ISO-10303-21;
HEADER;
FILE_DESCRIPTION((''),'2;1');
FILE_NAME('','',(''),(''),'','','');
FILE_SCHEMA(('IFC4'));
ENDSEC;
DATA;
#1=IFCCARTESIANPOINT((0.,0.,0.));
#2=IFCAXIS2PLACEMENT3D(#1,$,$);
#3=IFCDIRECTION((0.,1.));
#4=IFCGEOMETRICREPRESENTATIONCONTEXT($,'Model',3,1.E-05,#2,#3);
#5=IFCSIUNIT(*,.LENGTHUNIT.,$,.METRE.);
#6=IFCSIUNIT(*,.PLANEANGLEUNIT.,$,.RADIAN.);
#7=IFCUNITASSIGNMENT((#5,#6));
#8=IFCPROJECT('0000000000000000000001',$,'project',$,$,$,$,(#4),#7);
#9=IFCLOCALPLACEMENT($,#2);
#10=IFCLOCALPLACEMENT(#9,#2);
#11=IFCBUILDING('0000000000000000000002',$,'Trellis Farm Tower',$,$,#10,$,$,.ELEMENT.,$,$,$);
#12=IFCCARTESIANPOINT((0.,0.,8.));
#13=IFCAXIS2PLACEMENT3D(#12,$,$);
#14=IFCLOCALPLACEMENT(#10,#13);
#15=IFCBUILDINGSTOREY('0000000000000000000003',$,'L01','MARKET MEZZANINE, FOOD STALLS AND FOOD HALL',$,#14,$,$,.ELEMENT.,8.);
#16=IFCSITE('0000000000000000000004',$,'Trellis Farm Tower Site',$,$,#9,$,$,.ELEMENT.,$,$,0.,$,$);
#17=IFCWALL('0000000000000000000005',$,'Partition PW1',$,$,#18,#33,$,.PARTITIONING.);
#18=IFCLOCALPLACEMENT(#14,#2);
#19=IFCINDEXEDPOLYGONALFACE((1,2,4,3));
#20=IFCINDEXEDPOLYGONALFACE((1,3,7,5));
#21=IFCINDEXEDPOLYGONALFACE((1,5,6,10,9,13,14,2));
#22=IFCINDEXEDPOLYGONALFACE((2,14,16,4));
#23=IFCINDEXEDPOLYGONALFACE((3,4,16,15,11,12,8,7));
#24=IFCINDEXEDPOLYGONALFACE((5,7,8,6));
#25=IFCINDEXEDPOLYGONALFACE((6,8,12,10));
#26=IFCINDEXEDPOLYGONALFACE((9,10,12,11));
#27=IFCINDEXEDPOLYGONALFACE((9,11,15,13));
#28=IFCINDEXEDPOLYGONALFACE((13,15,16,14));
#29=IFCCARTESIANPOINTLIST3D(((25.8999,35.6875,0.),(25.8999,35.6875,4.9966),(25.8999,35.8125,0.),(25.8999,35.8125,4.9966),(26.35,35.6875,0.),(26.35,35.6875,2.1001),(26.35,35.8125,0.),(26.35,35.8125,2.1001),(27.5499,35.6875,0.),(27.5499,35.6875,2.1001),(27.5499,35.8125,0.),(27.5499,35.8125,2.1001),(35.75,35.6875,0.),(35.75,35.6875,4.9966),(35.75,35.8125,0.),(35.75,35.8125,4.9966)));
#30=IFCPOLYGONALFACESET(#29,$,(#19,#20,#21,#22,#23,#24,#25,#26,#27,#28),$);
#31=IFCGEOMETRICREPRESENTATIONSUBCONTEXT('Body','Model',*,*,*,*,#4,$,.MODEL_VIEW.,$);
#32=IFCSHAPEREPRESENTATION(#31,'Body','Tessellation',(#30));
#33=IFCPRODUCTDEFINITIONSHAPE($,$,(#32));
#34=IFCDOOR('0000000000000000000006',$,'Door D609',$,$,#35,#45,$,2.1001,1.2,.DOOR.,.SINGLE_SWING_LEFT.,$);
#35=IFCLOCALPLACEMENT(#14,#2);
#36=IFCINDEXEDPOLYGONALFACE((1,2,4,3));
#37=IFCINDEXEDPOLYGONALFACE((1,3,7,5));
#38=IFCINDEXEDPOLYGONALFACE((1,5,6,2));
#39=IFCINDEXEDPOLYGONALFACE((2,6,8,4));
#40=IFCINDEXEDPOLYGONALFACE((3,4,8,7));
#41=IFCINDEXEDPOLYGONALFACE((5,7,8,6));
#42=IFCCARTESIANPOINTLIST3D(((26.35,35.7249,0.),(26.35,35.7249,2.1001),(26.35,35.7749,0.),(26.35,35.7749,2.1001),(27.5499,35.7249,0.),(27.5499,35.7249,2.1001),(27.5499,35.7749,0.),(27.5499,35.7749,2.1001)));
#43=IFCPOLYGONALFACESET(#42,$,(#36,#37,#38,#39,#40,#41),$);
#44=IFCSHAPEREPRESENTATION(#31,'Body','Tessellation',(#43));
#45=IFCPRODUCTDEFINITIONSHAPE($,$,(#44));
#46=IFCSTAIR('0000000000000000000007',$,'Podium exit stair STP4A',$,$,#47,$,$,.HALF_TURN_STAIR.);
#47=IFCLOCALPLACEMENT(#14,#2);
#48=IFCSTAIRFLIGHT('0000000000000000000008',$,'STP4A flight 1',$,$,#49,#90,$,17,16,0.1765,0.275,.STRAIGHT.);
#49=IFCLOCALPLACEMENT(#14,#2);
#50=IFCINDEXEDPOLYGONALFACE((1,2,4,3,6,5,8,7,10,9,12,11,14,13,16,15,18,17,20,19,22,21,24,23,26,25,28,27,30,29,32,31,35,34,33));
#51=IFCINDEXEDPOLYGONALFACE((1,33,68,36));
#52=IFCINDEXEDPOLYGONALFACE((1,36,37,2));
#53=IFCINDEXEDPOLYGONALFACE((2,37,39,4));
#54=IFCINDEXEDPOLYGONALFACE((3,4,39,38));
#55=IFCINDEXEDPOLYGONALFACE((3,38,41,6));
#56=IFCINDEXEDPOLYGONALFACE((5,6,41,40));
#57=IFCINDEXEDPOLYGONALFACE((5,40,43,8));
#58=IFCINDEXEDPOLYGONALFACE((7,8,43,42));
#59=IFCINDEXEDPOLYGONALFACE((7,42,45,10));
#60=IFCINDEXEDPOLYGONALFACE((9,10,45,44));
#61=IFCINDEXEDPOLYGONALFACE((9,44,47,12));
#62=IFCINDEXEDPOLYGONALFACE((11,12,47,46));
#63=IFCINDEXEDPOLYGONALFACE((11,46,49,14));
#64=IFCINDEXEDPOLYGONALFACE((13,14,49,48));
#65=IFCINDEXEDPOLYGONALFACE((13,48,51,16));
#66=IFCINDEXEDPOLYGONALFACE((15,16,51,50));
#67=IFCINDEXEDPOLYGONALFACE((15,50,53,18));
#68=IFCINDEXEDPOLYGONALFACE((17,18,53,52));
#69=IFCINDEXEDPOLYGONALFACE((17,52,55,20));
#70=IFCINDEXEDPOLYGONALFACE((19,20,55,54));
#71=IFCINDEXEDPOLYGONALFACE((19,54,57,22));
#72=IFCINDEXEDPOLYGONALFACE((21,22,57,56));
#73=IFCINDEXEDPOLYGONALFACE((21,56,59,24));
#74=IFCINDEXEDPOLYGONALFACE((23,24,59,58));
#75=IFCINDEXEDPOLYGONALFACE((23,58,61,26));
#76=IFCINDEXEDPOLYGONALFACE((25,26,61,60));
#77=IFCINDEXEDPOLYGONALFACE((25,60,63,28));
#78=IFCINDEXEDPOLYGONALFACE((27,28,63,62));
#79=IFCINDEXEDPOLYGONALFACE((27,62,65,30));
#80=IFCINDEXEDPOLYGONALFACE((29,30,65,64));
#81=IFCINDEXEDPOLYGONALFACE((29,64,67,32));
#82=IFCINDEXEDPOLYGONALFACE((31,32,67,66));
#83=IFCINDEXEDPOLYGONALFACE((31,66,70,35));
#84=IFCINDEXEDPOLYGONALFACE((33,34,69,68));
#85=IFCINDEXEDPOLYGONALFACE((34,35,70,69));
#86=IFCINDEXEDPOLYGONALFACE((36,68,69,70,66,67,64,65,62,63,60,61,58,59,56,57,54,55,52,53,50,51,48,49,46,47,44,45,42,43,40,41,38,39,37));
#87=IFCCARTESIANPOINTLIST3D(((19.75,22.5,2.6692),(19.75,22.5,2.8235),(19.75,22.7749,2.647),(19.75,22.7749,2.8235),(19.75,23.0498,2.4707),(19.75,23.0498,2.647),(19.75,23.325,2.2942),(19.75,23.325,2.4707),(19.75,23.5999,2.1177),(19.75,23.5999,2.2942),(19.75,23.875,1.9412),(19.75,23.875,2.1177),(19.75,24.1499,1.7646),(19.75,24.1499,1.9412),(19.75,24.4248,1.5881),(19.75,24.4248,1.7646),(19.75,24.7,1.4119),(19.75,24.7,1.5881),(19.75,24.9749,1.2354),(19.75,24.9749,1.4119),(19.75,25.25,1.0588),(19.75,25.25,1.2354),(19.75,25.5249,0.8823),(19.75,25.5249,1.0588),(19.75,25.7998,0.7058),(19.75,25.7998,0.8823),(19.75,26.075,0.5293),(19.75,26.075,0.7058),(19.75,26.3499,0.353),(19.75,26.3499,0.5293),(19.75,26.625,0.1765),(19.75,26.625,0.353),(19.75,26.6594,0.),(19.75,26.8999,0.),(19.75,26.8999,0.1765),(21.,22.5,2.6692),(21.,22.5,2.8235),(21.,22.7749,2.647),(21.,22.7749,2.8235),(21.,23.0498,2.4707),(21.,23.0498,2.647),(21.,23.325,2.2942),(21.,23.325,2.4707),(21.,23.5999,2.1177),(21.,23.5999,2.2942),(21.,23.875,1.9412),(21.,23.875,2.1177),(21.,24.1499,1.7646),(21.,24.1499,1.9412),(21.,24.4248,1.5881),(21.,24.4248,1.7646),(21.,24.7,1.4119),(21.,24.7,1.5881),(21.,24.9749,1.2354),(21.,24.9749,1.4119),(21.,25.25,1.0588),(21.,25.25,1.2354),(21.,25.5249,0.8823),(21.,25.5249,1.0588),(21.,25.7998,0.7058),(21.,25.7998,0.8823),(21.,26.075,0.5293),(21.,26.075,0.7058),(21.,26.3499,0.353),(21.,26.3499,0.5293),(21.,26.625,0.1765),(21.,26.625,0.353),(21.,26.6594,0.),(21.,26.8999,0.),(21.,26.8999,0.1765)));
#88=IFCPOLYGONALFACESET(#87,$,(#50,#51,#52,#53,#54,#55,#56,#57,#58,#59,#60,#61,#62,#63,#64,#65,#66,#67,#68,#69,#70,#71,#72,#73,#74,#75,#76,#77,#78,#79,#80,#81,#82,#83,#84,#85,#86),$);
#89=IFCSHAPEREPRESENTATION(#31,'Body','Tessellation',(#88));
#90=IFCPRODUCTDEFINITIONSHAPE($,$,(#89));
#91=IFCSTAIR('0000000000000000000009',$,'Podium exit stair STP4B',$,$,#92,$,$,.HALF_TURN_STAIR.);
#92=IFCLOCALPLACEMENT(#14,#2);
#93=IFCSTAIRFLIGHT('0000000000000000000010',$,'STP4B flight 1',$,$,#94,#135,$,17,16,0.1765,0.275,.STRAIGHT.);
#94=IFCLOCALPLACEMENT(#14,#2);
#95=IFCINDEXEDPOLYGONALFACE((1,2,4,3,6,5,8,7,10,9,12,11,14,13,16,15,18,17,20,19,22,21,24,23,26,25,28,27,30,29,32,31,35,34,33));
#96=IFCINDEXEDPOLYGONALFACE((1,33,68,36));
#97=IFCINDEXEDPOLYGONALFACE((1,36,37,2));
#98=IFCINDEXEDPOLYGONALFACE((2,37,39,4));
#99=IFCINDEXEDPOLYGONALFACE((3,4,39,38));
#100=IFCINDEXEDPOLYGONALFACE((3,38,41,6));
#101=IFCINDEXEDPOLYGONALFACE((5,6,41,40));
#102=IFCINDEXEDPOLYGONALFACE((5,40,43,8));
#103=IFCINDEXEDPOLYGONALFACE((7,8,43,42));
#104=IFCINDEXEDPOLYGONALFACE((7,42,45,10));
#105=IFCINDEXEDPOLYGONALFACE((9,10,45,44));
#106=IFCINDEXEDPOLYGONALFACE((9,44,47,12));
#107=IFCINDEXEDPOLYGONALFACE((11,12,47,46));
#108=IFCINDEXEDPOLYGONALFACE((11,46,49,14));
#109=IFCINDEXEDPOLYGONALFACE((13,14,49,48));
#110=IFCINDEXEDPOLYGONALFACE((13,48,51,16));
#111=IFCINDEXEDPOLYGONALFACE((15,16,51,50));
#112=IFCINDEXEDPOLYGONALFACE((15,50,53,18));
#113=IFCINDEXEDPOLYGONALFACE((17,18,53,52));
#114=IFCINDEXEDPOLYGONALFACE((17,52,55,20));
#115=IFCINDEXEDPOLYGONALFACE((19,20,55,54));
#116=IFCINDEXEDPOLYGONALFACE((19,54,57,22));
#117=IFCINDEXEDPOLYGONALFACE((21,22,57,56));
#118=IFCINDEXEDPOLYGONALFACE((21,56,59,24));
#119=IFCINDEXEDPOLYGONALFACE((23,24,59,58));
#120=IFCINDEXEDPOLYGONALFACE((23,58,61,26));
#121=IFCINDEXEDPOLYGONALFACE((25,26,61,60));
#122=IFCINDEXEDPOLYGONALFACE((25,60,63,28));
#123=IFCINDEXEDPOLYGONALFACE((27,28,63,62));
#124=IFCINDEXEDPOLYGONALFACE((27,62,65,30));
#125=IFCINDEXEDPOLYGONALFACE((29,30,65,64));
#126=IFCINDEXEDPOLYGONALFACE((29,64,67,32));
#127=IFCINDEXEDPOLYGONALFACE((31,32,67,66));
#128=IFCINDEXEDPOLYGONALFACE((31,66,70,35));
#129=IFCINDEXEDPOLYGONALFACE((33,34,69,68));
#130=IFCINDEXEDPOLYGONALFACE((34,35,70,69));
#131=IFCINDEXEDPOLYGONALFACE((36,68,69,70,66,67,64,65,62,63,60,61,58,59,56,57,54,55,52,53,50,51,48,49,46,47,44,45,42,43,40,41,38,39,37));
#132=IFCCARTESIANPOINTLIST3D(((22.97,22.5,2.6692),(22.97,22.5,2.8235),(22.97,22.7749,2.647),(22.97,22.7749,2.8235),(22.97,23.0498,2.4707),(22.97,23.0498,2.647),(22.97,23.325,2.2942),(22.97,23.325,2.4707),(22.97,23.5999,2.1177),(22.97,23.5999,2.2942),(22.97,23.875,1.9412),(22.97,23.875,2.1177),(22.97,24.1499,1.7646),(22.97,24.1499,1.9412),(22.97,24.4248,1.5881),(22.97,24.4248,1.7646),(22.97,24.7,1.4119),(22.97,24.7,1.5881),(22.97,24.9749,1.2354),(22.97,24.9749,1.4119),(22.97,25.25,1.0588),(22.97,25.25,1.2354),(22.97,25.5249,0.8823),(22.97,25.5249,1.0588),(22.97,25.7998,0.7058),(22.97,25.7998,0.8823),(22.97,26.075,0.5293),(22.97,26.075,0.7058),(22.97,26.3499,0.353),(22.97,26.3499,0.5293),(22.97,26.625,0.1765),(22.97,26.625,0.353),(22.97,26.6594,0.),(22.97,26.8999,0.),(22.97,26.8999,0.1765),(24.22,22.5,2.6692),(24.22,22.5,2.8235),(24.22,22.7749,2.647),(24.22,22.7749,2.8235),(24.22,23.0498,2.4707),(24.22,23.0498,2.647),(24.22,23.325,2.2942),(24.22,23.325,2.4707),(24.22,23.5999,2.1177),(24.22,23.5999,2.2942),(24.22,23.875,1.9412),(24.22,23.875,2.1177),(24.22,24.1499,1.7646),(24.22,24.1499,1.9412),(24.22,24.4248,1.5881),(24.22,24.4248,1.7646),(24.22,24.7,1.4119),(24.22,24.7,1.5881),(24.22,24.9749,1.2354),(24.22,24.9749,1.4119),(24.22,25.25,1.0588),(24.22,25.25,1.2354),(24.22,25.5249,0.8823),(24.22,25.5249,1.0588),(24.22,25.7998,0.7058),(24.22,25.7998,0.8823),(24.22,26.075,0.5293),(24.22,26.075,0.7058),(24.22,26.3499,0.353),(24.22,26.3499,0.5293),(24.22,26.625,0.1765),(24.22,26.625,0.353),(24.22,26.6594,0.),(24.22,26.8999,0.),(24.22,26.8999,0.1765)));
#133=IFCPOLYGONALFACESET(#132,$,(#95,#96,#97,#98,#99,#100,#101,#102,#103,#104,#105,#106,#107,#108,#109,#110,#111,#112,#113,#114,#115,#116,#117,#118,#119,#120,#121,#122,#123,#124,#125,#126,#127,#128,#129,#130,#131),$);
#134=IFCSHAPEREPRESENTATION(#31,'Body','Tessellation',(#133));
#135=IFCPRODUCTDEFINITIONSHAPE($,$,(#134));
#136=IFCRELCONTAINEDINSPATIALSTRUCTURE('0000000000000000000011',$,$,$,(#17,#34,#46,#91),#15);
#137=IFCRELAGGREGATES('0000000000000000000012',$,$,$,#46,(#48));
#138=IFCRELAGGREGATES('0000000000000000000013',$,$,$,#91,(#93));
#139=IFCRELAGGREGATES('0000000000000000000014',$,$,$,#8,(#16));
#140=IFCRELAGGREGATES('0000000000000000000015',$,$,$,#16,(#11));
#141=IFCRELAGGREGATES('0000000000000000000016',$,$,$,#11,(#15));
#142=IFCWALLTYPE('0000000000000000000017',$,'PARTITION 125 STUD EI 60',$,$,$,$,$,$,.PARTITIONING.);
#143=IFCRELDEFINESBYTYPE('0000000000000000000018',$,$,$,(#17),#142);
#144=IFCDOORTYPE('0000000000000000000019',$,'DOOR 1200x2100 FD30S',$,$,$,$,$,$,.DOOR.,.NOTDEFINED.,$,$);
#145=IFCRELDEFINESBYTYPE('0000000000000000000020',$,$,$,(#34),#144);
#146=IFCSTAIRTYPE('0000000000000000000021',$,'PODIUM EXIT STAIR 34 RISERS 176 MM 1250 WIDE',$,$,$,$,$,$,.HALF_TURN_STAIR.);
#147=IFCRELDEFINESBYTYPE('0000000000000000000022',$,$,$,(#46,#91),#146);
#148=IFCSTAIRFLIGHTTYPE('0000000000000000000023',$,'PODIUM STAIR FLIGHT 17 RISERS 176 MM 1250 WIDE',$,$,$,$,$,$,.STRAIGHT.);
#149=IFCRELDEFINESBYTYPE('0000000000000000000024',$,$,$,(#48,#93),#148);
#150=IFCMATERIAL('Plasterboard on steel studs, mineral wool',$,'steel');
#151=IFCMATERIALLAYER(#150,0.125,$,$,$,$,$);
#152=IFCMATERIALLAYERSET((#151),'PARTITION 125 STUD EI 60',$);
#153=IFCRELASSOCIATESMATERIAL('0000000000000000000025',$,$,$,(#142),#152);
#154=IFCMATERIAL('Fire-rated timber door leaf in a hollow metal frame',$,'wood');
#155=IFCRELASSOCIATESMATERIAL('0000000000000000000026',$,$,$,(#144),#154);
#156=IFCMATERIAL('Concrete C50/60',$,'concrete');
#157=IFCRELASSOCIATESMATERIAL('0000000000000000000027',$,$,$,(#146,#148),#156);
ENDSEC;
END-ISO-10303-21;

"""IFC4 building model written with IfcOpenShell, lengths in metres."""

from ifc_helpers import new_model, si_unit, direction, frame, frame_2d, origin, place, context, subcontext, project, spatial, polyline, rectangle, outline, extrude, source, transform, mapped, material, layer, layer_set, type_object, element, fill, aggregate, save


model = new_model("IFC4")

# Units and contexts
model_context = context("Model", 3, precision=1e-05, world=origin(), true_north=direction((0.0, 1.0)))
body_context = subcontext(model_context, "Body", "Model", "MODEL_VIEW")
ifc_project = project(units=[si_unit("LENGTHUNIT", "METRE"), si_unit("PLANEANGLEUNIT", "RADIAN")], contexts=[model_context])

# Site, building, storey
site_placement = place(None, origin())
site = spatial("IfcSite", under=ifc_project, at=site_placement, Name="Trellis Farm Tower Site", CompositionType="ELEMENT", RefElevation=0.0)
building_placement = place(site_placement, origin())
building = spatial("IfcBuilding", under=site, at=building_placement, Name="Trellis Farm Tower", CompositionType="ELEMENT")
storey_placement = place(building_placement, frame((0.0, 0.0, 8.0)))
storey = spatial("IfcBuildingStorey", under=building, at=storey_placement, Name="L01", Description="MARKET MEZZANINE, FOOD STALLS AND FOOD HALL", CompositionType="ELEMENT", Elevation=8.0)

# Shared definitions
placement = place(storey_placement, origin())

# Wall, opening, door
ifc_material_1 = material(Name="Plasterboard on steel studs, mineral wool", Category="steel")
ifc_layer_1 = layer(ifc_material_1, 0.125)
ifc_layer_set_1 = layer_set([ifc_layer_1], Name="PARTITION 125 STUD EI 60")
wall_type_1 = type_object("IfcWallType", Name="PARTITION 125 STUD EI 60", PredefinedType="PARTITIONING", material=ifc_layer_set_1)
shared_shape_1 = source(origin(), body_context, "Body", "SweptSolid", [
    extrude(rectangle(XDim=9.8501, YDim=0.125, at=frame_2d((4.925, 0.0))), origin(), (0.0, 0.0, 1.0), 4.9966),
])
wall_1_placement = place(storey_placement, frame((25.8999, 35.75, 0.0), z_axis=(0.0, 0.0, 1.0), x_axis=(1.0, 0.0, 0.0)))
wall_1 = element("IfcWall", 1, at=wall_1_placement, inside=storey, type_object=wall_type_1, Name="Partition PW1", PredefinedType="PARTITIONING", context=body_context, shape_type="MappedRepresentation", body=[
    mapped(shared_shape_1, transform((0.0, 0.0, 0.0))),
])
shared_shape_2 = source(origin(), body_context, "Body", "SweptSolid", [
    extrude(rectangle(XDim=1.2, YDim=2.1001, at=frame_2d((0.6001, 1.05))), frame((0.0, 0.0725, 0.0), z_axis=(0.0, -1.0, 0.0), x_axis=(1.0, 0.0, 0.0)), (0.0, 0.0, 1.0), 0.145),
])
opening_1_placement = place(wall_1_placement, frame((0.45, 0.0, 0.0)))
opening_1 = element("IfcOpeningElement", 2, at=opening_1_placement, cuts=wall_1, PredefinedType="OPENING", context=body_context, shape_type="MappedRepresentation", body=[
    mapped(shared_shape_2, transform((0.0, 0.0, 0.0))),
])
ifc_material_2 = material(Name="Fire-rated timber door leaf in a hollow metal frame", Category="wood")
door_type_1 = type_object("IfcDoorType", Name="DOOR 1200x2100 FD30S", OperationType="NOTDEFINED", PredefinedType="DOOR", material=ifc_material_2)
shared_shape_3 = source(origin(), body_context, "Body", "SweptSolid", [
    extrude(rectangle(XDim=1.2, YDim=2.1001, at=frame_2d((0.6001, 1.05))), frame((0.0, 0.0249, 0.0), z_axis=(0.0, -1.0, 0.0), x_axis=(1.0, 0.0, 0.0)), (0.0, 0.0, 1.0), 0.05),
])
door_1_placement = place(opening_1_placement, origin())
door_1 = element("IfcDoor", 3, at=door_1_placement, inside=storey, type_object=door_type_1, Name="Door D609", OperationType="SINGLE_SWING_LEFT", OverallHeight=2.1001, OverallWidth=1.2, PredefinedType="DOOR", context=body_context, shape_type="MappedRepresentation", body=[
    mapped(shared_shape_3, transform((0.0, 0.0, 0.0))),
])
fill(opening_1, door_1)

# Stairs, stair flights
ifc_material_3 = material(Name="Concrete C50/60", Category="concrete")
stair_type = type_object("IfcStairType", Name="PODIUM EXIT STAIR 34 RISERS 176 MM 1250 WIDE", PredefinedType="HALF_TURN_STAIR", material=ifc_material_3)
stair_1 = element("IfcStair", 4, at=placement, inside=storey, type_object=stair_type, Name="Podium exit stair STP4A", PredefinedType="HALF_TURN_STAIR")
stair_flight_type = type_object("IfcStairFlightType", Name="PODIUM STAIR FLIGHT 17 RISERS 176 MM 1250 WIDE", PredefinedType="STRAIGHT", material=ifc_material_3)
shared_shape_4 = source(origin(), body_context, "Body", "SweptSolid", [
    extrude(outline(polyline([(0.0, 0.0), (0.0, 0.1765), (0.2749, 0.1765), (0.2749, 0.353), (0.55, 0.353), (0.55, 0.5293), (0.825, 0.5293), (0.825, 0.7058), (1.1001, 0.7058), (1.1001, 0.8823), (1.375, 0.8823), (1.375, 1.0588), (1.6499, 1.0588), (1.6499, 1.2354), (1.925, 1.2354), (1.925, 1.4119), (2.2, 1.4119), (2.2, 1.5881), (2.4751, 1.5881), (2.4751, 1.7646), (2.75, 1.7646), (2.75, 1.9412), (3.0249, 1.9412), (3.0249, 2.1177), (3.3, 2.1177), (3.3, 2.2942), (3.575, 2.2942), (3.575, 2.4707), (3.8501, 2.4707), (3.8501, 2.647), (4.125, 2.647), (4.125, 2.8235), (4.3999, 2.8235), (4.3999, 3.0), (4.3999, 2.6692), (0.2405, 0.0), (0.0, 0.0)])), frame((0.0, 0.625, 0.0), z_axis=(0.0, -1.0, 0.0), x_axis=(1.0, 0.0, 0.0)), (0.0, 0.0, 1.0), 1.25),
])
stair_flight_1_placement = place(storey_placement, frame((20.375, 26.8999, 0.0), z_axis=(0.0, 0.0, 1.0), x_axis=(0.0, -1.0, 0.0)))
stair_flight_1 = element("IfcStairFlight", 5, at=stair_flight_1_placement, type_object=stair_flight_type, Name="STP4A flight 1", NumberOfRisers=17, NumberOfTreads=16, PredefinedType="STRAIGHT", RiserHeight=0.1765, TreadLength=0.275, context=body_context, shape_type="MappedRepresentation", body=[
    mapped(shared_shape_4, transform((0.0, 0.0, 0.0))),
])
aggregate(stair_1, [stair_flight_1])
stair_2 = element("IfcStair", 6, at=placement, inside=storey, type_object=stair_type, Name="Podium exit stair STP4B", PredefinedType="HALF_TURN_STAIR")
stair_flight_2_placement = place(storey_placement, frame((23.595, 26.8999, 0.0), z_axis=(0.0, 0.0, 1.0), x_axis=(0.0, -1.0, 0.0)))
stair_flight_2 = element("IfcStairFlight", 7, at=stair_flight_2_placement, type_object=stair_flight_type, Name="STP4B flight 1", NumberOfRisers=17, NumberOfTreads=16, PredefinedType="STRAIGHT", RiserHeight=0.1765, TreadLength=0.275, context=body_context, shape_type="MappedRepresentation", body=[
    mapped(shared_shape_4, transform((0.0, 0.0, 0.0))),
])
aggregate(stair_2, [stair_flight_2])

save(model, "model.ifc")
